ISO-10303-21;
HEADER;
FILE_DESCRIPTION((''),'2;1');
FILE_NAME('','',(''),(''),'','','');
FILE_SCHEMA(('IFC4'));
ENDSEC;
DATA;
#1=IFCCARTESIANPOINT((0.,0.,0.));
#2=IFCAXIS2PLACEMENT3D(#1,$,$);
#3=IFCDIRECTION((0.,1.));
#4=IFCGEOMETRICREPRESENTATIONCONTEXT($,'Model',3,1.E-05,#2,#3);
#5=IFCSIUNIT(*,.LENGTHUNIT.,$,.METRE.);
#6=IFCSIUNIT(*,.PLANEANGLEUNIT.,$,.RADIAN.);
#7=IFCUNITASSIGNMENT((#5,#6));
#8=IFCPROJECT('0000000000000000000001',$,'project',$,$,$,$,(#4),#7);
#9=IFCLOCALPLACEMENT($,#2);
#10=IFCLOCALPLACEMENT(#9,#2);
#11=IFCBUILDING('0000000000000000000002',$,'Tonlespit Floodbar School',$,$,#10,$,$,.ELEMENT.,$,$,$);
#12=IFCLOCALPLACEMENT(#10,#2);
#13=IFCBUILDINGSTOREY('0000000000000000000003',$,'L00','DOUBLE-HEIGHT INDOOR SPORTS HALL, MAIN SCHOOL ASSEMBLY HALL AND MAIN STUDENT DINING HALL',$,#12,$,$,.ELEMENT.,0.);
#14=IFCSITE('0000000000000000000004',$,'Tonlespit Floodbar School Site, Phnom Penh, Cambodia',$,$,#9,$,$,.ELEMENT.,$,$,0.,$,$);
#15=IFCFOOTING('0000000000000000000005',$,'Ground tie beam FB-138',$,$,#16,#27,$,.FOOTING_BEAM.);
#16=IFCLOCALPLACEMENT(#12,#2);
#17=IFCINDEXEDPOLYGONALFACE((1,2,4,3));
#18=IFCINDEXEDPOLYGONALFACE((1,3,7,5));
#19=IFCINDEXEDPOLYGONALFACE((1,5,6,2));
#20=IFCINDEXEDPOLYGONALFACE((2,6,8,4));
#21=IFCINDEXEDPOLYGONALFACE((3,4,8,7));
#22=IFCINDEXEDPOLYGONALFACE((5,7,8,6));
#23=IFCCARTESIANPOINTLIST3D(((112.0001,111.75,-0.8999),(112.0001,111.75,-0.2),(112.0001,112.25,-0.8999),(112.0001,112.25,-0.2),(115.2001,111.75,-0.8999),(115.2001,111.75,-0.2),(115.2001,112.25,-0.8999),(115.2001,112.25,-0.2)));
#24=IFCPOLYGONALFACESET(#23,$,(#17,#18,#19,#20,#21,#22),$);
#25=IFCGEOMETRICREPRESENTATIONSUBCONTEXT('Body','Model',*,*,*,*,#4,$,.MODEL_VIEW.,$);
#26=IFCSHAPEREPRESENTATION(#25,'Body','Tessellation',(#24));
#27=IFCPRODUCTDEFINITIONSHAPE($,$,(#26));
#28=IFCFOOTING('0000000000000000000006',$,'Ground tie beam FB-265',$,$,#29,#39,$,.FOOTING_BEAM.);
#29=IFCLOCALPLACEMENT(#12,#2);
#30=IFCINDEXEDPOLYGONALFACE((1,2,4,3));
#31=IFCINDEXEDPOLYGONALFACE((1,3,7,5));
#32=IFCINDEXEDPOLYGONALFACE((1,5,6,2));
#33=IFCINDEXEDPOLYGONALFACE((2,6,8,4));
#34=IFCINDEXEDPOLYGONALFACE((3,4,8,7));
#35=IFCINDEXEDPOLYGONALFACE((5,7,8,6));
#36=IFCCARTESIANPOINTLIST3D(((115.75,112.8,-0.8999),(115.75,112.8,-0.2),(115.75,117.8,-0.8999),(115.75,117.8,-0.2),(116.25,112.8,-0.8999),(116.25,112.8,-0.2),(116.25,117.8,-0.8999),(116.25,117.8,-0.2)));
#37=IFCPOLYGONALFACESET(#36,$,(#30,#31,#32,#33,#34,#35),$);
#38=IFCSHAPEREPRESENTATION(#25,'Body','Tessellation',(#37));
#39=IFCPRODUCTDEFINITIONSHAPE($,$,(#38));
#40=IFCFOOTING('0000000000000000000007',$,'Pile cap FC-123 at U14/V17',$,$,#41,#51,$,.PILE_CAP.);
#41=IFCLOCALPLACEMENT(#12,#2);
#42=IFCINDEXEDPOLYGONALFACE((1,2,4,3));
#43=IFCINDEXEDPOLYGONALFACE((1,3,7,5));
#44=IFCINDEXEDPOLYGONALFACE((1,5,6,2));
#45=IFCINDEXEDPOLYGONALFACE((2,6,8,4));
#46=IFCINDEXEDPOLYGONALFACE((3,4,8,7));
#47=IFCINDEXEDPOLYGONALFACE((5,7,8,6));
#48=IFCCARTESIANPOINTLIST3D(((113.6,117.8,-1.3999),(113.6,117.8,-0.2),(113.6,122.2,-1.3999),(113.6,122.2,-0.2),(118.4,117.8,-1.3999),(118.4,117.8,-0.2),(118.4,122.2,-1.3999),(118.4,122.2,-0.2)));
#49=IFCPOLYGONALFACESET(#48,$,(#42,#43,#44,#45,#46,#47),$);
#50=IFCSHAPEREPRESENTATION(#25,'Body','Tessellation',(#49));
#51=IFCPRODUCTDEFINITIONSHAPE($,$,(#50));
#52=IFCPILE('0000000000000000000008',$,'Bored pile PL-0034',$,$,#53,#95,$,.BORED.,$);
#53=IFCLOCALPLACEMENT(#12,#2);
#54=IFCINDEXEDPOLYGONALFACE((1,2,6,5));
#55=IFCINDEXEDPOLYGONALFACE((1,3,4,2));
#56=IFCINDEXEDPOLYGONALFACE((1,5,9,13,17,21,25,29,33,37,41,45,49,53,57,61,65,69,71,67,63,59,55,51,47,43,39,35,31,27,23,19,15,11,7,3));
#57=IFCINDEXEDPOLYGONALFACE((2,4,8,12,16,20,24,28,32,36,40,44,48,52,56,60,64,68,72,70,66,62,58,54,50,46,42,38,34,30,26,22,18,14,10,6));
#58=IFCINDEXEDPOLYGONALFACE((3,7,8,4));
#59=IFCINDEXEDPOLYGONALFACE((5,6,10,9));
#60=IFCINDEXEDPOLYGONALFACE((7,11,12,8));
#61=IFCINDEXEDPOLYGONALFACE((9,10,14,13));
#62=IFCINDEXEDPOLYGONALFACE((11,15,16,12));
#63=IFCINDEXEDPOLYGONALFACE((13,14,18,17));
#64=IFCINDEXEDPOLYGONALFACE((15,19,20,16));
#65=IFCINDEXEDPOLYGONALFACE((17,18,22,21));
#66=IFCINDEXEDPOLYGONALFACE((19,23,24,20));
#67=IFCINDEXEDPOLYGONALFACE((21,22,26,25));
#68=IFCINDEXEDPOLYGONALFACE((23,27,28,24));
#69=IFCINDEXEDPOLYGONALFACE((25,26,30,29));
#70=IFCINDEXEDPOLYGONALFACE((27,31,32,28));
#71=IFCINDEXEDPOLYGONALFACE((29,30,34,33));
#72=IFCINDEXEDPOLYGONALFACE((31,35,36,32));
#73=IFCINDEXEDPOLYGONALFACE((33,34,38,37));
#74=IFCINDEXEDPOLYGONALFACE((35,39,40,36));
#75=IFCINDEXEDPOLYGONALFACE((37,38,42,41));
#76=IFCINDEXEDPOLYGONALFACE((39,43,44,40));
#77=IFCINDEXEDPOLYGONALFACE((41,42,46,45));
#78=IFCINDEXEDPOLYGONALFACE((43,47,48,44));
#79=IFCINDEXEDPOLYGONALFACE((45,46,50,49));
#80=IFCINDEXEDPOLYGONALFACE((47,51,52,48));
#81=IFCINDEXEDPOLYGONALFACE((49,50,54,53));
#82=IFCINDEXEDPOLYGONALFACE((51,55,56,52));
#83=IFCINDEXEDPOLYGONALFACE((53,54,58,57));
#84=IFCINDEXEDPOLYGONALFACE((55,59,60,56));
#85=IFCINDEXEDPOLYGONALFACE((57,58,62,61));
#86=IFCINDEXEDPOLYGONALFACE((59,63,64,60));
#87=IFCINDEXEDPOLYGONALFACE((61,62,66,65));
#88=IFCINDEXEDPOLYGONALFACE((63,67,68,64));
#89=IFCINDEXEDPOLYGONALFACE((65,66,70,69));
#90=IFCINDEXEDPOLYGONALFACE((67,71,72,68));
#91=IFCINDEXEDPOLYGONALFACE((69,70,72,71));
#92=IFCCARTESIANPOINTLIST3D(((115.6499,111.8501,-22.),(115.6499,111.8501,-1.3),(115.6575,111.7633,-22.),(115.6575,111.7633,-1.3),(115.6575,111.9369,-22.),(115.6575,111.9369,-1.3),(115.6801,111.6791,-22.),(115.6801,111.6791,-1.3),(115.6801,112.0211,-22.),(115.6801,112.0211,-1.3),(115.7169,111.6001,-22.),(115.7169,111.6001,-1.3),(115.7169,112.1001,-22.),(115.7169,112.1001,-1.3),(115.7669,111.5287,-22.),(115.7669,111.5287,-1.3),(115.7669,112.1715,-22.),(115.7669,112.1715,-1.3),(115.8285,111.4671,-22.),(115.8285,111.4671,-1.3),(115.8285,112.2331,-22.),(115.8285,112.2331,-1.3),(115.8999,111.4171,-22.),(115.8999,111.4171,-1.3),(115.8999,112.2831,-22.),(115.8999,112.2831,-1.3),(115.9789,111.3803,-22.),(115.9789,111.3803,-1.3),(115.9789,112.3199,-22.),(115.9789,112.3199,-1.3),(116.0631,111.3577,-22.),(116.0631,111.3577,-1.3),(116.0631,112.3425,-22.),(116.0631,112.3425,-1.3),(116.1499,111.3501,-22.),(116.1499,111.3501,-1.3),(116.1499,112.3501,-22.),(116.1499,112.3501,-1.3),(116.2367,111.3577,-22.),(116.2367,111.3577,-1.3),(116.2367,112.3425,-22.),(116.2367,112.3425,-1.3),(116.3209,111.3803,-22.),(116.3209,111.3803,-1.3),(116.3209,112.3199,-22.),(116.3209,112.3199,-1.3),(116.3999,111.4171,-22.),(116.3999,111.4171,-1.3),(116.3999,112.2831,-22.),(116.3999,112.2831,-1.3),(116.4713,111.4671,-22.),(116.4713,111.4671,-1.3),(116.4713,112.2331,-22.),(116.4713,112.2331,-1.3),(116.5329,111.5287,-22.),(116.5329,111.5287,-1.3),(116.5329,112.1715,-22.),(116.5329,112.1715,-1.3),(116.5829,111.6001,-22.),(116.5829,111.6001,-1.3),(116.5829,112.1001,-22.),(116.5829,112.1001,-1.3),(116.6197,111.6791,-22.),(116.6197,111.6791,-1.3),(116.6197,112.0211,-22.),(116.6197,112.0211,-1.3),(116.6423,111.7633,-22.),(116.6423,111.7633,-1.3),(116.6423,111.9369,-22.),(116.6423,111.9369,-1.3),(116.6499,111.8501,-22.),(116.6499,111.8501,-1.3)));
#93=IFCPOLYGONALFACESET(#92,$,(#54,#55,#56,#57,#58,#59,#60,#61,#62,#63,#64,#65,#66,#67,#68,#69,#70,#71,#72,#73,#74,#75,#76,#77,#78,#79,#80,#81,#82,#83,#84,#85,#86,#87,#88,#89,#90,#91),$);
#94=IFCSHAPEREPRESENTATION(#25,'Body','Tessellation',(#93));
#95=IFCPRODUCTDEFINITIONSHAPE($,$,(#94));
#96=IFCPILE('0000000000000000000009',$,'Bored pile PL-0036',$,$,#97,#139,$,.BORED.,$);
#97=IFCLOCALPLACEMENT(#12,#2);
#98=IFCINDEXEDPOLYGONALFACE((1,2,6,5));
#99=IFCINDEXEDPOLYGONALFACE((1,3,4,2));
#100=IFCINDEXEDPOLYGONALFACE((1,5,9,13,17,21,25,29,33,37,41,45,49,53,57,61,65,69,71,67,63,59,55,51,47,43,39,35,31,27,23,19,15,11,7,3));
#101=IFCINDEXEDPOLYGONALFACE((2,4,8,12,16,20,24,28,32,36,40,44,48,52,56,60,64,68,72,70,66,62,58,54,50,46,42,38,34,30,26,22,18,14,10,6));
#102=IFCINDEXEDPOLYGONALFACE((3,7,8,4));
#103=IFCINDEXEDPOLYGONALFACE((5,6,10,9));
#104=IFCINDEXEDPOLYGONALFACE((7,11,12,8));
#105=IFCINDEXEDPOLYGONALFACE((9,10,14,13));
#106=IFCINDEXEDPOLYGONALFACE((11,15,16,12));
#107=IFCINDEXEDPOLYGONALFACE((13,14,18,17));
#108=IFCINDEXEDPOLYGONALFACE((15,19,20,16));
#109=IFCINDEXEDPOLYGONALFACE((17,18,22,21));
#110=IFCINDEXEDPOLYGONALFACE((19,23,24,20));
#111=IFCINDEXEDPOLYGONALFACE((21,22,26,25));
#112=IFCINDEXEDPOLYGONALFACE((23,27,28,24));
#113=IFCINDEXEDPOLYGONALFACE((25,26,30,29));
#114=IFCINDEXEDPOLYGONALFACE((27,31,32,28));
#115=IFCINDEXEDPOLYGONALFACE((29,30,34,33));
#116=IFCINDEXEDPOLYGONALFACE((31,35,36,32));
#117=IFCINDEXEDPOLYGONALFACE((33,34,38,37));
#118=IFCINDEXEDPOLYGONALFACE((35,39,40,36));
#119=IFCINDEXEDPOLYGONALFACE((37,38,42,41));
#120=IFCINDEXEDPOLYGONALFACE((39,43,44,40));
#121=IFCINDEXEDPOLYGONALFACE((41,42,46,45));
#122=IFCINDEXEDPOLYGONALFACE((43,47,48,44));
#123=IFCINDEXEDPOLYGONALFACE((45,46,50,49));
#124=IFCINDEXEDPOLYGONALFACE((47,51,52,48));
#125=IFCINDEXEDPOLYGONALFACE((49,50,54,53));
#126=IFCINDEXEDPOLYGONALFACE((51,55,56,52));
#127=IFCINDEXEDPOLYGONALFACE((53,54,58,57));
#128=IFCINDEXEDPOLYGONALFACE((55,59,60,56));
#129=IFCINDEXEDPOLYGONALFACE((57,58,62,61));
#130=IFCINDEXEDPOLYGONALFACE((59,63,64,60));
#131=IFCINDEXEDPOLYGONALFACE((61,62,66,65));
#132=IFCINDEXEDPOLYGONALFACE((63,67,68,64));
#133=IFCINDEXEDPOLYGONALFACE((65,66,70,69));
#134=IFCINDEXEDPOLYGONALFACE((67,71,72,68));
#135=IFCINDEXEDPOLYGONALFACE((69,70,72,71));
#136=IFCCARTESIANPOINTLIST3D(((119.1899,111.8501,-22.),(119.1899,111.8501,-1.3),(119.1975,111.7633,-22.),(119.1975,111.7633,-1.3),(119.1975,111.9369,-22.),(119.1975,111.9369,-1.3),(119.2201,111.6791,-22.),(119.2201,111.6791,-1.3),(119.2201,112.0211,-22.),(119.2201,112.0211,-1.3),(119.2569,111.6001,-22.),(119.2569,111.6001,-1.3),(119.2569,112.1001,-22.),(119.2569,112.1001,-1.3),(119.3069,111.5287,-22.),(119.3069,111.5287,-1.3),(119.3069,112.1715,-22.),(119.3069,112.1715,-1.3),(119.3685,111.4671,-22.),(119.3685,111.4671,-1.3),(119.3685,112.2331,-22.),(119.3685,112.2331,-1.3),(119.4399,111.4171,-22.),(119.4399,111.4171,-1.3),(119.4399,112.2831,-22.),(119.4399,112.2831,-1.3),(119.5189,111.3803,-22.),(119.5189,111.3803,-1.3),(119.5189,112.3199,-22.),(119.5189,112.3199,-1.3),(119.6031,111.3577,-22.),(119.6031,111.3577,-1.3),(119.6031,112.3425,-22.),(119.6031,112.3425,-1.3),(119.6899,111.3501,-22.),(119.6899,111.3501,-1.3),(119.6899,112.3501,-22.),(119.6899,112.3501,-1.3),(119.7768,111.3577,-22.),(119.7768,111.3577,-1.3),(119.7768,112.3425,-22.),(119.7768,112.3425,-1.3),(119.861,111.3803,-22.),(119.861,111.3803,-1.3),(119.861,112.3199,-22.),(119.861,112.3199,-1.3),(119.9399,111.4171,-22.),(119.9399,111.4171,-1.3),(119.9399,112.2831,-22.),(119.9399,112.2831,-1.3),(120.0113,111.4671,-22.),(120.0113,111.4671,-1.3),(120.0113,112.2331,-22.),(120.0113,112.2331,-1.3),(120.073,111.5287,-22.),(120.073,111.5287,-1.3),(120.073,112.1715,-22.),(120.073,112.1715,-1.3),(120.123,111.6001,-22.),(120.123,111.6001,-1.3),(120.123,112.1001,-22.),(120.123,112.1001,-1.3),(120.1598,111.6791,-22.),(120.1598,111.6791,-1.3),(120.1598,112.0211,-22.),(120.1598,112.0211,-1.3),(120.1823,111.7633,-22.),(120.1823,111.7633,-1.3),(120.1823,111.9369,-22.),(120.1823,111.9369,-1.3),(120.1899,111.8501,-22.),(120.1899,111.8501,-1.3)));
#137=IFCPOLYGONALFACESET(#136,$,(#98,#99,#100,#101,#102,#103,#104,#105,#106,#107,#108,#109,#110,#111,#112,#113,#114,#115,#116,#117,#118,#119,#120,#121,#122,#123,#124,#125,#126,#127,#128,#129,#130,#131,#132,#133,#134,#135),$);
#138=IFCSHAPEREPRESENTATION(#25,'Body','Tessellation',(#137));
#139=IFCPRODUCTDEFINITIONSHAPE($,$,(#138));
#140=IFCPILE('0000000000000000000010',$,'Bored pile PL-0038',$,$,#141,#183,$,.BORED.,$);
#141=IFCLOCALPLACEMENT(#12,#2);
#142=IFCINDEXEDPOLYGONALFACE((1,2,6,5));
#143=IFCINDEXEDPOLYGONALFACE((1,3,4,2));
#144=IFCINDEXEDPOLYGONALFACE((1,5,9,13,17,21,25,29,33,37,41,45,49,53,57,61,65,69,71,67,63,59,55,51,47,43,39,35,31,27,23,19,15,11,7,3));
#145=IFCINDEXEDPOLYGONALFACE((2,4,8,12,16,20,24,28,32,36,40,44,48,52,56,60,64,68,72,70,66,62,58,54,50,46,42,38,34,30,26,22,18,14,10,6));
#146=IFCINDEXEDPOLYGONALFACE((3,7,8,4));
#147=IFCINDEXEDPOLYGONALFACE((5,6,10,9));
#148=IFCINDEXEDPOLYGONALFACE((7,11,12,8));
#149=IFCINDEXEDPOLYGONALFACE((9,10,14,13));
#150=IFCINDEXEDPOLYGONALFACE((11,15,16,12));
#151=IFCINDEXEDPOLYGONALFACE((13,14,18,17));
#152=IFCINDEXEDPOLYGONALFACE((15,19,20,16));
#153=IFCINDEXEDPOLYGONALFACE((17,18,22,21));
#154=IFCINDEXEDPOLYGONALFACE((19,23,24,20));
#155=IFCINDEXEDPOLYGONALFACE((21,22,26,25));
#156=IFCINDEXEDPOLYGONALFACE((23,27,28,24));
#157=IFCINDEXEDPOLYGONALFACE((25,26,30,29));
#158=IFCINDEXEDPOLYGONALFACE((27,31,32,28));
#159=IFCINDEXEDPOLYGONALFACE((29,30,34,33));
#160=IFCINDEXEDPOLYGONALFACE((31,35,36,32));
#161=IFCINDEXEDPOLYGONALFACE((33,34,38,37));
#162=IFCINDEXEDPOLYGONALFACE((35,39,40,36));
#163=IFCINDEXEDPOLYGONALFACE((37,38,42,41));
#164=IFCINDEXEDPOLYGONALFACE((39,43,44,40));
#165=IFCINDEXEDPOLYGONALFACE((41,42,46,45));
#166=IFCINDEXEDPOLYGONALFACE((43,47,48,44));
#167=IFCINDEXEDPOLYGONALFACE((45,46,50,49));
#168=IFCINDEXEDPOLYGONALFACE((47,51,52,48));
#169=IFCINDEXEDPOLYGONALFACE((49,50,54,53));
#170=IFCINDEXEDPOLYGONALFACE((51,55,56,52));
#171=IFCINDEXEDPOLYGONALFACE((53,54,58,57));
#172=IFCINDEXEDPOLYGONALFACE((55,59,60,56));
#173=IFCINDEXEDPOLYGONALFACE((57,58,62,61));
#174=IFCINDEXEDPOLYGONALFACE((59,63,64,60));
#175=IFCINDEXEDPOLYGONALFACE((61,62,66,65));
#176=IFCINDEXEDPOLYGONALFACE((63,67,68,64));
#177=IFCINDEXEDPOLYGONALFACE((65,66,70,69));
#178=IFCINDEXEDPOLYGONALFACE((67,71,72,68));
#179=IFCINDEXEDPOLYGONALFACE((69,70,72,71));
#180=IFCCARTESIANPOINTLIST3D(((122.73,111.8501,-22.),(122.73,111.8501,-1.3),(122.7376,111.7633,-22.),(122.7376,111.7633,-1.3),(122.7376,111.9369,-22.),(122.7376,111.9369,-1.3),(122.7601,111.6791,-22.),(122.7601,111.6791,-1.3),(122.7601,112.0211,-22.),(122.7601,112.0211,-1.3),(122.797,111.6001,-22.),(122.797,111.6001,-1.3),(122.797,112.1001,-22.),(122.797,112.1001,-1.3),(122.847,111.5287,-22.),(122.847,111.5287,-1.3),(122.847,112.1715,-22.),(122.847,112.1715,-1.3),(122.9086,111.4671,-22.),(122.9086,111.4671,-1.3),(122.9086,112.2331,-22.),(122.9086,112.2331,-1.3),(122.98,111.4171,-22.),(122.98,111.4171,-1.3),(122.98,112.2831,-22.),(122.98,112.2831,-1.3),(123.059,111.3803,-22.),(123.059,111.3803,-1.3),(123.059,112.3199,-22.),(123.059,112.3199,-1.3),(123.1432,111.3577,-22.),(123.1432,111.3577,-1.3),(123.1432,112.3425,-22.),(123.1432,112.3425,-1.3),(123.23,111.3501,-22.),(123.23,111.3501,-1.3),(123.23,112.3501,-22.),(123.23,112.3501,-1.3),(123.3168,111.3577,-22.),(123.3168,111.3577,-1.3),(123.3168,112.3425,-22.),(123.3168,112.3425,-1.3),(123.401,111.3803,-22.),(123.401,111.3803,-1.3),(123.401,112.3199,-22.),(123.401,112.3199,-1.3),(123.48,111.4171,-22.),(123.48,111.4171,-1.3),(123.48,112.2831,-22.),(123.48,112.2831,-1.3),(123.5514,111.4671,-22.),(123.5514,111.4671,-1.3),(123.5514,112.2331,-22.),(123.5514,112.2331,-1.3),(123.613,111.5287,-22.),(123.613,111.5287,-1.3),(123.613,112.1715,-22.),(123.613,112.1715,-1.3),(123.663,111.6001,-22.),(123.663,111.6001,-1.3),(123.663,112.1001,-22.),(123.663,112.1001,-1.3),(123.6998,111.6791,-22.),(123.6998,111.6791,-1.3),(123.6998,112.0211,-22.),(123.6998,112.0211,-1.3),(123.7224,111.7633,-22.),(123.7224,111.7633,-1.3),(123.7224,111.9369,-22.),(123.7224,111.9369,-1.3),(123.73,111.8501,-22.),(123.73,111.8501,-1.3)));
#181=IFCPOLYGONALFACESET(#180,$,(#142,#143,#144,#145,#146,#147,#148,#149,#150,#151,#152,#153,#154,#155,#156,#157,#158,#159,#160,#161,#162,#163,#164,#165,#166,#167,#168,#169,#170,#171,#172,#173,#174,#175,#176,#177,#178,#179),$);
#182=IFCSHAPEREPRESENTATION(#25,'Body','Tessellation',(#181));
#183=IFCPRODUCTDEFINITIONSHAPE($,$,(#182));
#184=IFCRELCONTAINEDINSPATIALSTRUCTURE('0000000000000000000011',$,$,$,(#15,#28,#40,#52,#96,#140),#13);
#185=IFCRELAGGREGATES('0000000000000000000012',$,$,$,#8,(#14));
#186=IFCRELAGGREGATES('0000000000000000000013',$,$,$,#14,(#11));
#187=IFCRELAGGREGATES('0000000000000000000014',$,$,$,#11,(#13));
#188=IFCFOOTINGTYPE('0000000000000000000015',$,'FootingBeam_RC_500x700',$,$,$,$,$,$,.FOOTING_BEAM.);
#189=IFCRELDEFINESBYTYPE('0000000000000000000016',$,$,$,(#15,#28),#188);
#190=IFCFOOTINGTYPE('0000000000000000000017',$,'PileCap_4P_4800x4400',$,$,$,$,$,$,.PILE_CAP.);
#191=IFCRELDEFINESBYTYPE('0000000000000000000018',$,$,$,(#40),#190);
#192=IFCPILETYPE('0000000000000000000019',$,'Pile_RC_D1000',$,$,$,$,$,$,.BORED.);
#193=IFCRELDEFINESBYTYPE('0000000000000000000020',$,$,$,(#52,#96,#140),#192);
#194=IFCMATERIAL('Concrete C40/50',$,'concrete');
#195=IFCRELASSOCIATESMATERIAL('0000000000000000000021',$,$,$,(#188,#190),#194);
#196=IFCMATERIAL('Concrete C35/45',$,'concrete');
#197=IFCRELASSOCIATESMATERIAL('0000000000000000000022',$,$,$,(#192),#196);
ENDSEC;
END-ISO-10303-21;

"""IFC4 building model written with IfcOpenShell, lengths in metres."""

from ifc_helpers import new_model, si_unit, direction, frame, origin, origin_2d, place, context, subcontext, project, spatial, rectangle, circle, extrude, material, material_profile, profile_set, type_object, element, save


model = new_model("IFC4")

# Units and contexts
model_context = context("Model", 3, precision=1e-05, world=origin(), true_north=direction((0.0, 1.0)))
body_context = subcontext(model_context, "Body", "Model", "MODEL_VIEW")
ifc_project = project(units=[si_unit("LENGTHUNIT", "METRE"), si_unit("PLANEANGLEUNIT", "RADIAN")], contexts=[model_context])

# Site, building, storey
site_placement = place(None, origin())
site = spatial("IfcSite", under=ifc_project, at=site_placement, Name="Tonlespit Floodbar School Site, Phnom Penh, Cambodia", CompositionType="ELEMENT", RefElevation=0.0)
building_placement = place(site_placement, origin())
building = spatial("IfcBuilding", under=site, at=building_placement, Name="Tonlespit Floodbar School", CompositionType="ELEMENT")
storey_placement = place(building_placement, origin())
storey = spatial("IfcBuildingStorey", under=building, at=storey_placement, Name="L00", Description="DOUBLE-HEIGHT INDOOR SPORTS HALL, MAIN SCHOOL ASSEMBLY HALL AND MAIN STUDENT DINING HALL", CompositionType="ELEMENT", Elevation=0.0)

# Footings
ifc_material_1 = material(Name="Concrete C40/50", Category="concrete")
footing_type_1 = type_object("IfcFootingType", Name="FootingBeam_RC_500x700", PredefinedType="FOOTING_BEAM", material=ifc_material_1)
footing_1_placement = place(storey_placement, frame((113.6001, 112.0, -0.8999), z_axis=(0.0, 0.0, 1.0), x_axis=(1.0, 0.0, 0.0)))
element("IfcFooting", 1, at=footing_1_placement, inside=storey, type_object=footing_type_1, Name="Ground tie beam FB-138", PredefinedType="FOOTING_BEAM", context=body_context, shape_type="SweptSolid", body=[
    extrude(rectangle(XDim=3.2, YDim=0.5, at=origin_2d()), origin(), (0.0, 0.0, 1.0), 0.7),
])
footing_2_placement = place(storey_placement, frame((116.0, 115.3, -0.8999), z_axis=(0.0, 0.0, 1.0), x_axis=(0.0, 1.0, 0.0)))
element("IfcFooting", 2, at=footing_2_placement, inside=storey, type_object=footing_type_1, Name="Ground tie beam FB-265", PredefinedType="FOOTING_BEAM", context=body_context, shape_type="SweptSolid", body=[
    extrude(rectangle(XDim=5.0, YDim=0.5, at=origin_2d()), origin(), (0.0, 0.0, 1.0), 0.7),
])
footing_type_2 = type_object("IfcFootingType", Name="PileCap_4P_4800x4400", PredefinedType="PILE_CAP", material=ifc_material_1)
footing_3_placement = place(storey_placement, frame((116.0, 120.0, -1.3999), z_axis=(0.0, 0.0, 1.0), x_axis=(1.0, 0.0, 0.0)))
element("IfcFooting", 3, at=footing_3_placement, inside=storey, type_object=footing_type_2, Name="Pile cap FC-123 at U14/V17", PredefinedType="PILE_CAP", context=body_context, shape_type="SweptSolid", body=[
    extrude(rectangle(XDim=4.8, YDim=4.3999, at=origin_2d()), origin(), (0.0, 0.0, 1.0), 1.2),
])

# Piles
ifc_material_2 = material(Name="Concrete C35/45", Category="concrete")
ifc_material_profile_1 = material_profile(ifc_material_2, circle(Radius=0.5, at=origin_2d()), Name="BP D1000")
ifc_profile_set_1 = profile_set([ifc_material_profile_1], Name="Concrete C35/45")
pile_type = type_object("IfcPileType", Name="Pile_RC_D1000", PredefinedType="BORED", material=ifc_profile_set_1)
for number, where, z_axis, x_axis, name in (
    (4, (116.1499, 111.8501, -1.3), (0.0, 0.0, -1.0), (1.0, 0.0, 0.0), "Bored pile PL-0034"),
    (5, (119.6899, 111.8501, -1.3), (0.0, 0.0, -1.0), (1.0, 0.0, 0.0), "Bored pile PL-0036"),
    (6, (123.23, 111.8501, -1.3), (0.0, 0.0, -1.0), (1.0, 0.0, 0.0), "Bored pile PL-0038"),
):
    element("IfcPile", number, at=place(storey_placement, frame(where, z_axis=z_axis, x_axis=x_axis)), inside=storey, type_object=pile_type, Name=name, PredefinedType="BORED", context=body_context, shape_type="SweptSolid", body=[
        extrude(circle(Radius=0.5, at=origin_2d()), origin(), (0.0, 0.0, 1.0), 20.7),
    ])

save(model, "model.ifc")
